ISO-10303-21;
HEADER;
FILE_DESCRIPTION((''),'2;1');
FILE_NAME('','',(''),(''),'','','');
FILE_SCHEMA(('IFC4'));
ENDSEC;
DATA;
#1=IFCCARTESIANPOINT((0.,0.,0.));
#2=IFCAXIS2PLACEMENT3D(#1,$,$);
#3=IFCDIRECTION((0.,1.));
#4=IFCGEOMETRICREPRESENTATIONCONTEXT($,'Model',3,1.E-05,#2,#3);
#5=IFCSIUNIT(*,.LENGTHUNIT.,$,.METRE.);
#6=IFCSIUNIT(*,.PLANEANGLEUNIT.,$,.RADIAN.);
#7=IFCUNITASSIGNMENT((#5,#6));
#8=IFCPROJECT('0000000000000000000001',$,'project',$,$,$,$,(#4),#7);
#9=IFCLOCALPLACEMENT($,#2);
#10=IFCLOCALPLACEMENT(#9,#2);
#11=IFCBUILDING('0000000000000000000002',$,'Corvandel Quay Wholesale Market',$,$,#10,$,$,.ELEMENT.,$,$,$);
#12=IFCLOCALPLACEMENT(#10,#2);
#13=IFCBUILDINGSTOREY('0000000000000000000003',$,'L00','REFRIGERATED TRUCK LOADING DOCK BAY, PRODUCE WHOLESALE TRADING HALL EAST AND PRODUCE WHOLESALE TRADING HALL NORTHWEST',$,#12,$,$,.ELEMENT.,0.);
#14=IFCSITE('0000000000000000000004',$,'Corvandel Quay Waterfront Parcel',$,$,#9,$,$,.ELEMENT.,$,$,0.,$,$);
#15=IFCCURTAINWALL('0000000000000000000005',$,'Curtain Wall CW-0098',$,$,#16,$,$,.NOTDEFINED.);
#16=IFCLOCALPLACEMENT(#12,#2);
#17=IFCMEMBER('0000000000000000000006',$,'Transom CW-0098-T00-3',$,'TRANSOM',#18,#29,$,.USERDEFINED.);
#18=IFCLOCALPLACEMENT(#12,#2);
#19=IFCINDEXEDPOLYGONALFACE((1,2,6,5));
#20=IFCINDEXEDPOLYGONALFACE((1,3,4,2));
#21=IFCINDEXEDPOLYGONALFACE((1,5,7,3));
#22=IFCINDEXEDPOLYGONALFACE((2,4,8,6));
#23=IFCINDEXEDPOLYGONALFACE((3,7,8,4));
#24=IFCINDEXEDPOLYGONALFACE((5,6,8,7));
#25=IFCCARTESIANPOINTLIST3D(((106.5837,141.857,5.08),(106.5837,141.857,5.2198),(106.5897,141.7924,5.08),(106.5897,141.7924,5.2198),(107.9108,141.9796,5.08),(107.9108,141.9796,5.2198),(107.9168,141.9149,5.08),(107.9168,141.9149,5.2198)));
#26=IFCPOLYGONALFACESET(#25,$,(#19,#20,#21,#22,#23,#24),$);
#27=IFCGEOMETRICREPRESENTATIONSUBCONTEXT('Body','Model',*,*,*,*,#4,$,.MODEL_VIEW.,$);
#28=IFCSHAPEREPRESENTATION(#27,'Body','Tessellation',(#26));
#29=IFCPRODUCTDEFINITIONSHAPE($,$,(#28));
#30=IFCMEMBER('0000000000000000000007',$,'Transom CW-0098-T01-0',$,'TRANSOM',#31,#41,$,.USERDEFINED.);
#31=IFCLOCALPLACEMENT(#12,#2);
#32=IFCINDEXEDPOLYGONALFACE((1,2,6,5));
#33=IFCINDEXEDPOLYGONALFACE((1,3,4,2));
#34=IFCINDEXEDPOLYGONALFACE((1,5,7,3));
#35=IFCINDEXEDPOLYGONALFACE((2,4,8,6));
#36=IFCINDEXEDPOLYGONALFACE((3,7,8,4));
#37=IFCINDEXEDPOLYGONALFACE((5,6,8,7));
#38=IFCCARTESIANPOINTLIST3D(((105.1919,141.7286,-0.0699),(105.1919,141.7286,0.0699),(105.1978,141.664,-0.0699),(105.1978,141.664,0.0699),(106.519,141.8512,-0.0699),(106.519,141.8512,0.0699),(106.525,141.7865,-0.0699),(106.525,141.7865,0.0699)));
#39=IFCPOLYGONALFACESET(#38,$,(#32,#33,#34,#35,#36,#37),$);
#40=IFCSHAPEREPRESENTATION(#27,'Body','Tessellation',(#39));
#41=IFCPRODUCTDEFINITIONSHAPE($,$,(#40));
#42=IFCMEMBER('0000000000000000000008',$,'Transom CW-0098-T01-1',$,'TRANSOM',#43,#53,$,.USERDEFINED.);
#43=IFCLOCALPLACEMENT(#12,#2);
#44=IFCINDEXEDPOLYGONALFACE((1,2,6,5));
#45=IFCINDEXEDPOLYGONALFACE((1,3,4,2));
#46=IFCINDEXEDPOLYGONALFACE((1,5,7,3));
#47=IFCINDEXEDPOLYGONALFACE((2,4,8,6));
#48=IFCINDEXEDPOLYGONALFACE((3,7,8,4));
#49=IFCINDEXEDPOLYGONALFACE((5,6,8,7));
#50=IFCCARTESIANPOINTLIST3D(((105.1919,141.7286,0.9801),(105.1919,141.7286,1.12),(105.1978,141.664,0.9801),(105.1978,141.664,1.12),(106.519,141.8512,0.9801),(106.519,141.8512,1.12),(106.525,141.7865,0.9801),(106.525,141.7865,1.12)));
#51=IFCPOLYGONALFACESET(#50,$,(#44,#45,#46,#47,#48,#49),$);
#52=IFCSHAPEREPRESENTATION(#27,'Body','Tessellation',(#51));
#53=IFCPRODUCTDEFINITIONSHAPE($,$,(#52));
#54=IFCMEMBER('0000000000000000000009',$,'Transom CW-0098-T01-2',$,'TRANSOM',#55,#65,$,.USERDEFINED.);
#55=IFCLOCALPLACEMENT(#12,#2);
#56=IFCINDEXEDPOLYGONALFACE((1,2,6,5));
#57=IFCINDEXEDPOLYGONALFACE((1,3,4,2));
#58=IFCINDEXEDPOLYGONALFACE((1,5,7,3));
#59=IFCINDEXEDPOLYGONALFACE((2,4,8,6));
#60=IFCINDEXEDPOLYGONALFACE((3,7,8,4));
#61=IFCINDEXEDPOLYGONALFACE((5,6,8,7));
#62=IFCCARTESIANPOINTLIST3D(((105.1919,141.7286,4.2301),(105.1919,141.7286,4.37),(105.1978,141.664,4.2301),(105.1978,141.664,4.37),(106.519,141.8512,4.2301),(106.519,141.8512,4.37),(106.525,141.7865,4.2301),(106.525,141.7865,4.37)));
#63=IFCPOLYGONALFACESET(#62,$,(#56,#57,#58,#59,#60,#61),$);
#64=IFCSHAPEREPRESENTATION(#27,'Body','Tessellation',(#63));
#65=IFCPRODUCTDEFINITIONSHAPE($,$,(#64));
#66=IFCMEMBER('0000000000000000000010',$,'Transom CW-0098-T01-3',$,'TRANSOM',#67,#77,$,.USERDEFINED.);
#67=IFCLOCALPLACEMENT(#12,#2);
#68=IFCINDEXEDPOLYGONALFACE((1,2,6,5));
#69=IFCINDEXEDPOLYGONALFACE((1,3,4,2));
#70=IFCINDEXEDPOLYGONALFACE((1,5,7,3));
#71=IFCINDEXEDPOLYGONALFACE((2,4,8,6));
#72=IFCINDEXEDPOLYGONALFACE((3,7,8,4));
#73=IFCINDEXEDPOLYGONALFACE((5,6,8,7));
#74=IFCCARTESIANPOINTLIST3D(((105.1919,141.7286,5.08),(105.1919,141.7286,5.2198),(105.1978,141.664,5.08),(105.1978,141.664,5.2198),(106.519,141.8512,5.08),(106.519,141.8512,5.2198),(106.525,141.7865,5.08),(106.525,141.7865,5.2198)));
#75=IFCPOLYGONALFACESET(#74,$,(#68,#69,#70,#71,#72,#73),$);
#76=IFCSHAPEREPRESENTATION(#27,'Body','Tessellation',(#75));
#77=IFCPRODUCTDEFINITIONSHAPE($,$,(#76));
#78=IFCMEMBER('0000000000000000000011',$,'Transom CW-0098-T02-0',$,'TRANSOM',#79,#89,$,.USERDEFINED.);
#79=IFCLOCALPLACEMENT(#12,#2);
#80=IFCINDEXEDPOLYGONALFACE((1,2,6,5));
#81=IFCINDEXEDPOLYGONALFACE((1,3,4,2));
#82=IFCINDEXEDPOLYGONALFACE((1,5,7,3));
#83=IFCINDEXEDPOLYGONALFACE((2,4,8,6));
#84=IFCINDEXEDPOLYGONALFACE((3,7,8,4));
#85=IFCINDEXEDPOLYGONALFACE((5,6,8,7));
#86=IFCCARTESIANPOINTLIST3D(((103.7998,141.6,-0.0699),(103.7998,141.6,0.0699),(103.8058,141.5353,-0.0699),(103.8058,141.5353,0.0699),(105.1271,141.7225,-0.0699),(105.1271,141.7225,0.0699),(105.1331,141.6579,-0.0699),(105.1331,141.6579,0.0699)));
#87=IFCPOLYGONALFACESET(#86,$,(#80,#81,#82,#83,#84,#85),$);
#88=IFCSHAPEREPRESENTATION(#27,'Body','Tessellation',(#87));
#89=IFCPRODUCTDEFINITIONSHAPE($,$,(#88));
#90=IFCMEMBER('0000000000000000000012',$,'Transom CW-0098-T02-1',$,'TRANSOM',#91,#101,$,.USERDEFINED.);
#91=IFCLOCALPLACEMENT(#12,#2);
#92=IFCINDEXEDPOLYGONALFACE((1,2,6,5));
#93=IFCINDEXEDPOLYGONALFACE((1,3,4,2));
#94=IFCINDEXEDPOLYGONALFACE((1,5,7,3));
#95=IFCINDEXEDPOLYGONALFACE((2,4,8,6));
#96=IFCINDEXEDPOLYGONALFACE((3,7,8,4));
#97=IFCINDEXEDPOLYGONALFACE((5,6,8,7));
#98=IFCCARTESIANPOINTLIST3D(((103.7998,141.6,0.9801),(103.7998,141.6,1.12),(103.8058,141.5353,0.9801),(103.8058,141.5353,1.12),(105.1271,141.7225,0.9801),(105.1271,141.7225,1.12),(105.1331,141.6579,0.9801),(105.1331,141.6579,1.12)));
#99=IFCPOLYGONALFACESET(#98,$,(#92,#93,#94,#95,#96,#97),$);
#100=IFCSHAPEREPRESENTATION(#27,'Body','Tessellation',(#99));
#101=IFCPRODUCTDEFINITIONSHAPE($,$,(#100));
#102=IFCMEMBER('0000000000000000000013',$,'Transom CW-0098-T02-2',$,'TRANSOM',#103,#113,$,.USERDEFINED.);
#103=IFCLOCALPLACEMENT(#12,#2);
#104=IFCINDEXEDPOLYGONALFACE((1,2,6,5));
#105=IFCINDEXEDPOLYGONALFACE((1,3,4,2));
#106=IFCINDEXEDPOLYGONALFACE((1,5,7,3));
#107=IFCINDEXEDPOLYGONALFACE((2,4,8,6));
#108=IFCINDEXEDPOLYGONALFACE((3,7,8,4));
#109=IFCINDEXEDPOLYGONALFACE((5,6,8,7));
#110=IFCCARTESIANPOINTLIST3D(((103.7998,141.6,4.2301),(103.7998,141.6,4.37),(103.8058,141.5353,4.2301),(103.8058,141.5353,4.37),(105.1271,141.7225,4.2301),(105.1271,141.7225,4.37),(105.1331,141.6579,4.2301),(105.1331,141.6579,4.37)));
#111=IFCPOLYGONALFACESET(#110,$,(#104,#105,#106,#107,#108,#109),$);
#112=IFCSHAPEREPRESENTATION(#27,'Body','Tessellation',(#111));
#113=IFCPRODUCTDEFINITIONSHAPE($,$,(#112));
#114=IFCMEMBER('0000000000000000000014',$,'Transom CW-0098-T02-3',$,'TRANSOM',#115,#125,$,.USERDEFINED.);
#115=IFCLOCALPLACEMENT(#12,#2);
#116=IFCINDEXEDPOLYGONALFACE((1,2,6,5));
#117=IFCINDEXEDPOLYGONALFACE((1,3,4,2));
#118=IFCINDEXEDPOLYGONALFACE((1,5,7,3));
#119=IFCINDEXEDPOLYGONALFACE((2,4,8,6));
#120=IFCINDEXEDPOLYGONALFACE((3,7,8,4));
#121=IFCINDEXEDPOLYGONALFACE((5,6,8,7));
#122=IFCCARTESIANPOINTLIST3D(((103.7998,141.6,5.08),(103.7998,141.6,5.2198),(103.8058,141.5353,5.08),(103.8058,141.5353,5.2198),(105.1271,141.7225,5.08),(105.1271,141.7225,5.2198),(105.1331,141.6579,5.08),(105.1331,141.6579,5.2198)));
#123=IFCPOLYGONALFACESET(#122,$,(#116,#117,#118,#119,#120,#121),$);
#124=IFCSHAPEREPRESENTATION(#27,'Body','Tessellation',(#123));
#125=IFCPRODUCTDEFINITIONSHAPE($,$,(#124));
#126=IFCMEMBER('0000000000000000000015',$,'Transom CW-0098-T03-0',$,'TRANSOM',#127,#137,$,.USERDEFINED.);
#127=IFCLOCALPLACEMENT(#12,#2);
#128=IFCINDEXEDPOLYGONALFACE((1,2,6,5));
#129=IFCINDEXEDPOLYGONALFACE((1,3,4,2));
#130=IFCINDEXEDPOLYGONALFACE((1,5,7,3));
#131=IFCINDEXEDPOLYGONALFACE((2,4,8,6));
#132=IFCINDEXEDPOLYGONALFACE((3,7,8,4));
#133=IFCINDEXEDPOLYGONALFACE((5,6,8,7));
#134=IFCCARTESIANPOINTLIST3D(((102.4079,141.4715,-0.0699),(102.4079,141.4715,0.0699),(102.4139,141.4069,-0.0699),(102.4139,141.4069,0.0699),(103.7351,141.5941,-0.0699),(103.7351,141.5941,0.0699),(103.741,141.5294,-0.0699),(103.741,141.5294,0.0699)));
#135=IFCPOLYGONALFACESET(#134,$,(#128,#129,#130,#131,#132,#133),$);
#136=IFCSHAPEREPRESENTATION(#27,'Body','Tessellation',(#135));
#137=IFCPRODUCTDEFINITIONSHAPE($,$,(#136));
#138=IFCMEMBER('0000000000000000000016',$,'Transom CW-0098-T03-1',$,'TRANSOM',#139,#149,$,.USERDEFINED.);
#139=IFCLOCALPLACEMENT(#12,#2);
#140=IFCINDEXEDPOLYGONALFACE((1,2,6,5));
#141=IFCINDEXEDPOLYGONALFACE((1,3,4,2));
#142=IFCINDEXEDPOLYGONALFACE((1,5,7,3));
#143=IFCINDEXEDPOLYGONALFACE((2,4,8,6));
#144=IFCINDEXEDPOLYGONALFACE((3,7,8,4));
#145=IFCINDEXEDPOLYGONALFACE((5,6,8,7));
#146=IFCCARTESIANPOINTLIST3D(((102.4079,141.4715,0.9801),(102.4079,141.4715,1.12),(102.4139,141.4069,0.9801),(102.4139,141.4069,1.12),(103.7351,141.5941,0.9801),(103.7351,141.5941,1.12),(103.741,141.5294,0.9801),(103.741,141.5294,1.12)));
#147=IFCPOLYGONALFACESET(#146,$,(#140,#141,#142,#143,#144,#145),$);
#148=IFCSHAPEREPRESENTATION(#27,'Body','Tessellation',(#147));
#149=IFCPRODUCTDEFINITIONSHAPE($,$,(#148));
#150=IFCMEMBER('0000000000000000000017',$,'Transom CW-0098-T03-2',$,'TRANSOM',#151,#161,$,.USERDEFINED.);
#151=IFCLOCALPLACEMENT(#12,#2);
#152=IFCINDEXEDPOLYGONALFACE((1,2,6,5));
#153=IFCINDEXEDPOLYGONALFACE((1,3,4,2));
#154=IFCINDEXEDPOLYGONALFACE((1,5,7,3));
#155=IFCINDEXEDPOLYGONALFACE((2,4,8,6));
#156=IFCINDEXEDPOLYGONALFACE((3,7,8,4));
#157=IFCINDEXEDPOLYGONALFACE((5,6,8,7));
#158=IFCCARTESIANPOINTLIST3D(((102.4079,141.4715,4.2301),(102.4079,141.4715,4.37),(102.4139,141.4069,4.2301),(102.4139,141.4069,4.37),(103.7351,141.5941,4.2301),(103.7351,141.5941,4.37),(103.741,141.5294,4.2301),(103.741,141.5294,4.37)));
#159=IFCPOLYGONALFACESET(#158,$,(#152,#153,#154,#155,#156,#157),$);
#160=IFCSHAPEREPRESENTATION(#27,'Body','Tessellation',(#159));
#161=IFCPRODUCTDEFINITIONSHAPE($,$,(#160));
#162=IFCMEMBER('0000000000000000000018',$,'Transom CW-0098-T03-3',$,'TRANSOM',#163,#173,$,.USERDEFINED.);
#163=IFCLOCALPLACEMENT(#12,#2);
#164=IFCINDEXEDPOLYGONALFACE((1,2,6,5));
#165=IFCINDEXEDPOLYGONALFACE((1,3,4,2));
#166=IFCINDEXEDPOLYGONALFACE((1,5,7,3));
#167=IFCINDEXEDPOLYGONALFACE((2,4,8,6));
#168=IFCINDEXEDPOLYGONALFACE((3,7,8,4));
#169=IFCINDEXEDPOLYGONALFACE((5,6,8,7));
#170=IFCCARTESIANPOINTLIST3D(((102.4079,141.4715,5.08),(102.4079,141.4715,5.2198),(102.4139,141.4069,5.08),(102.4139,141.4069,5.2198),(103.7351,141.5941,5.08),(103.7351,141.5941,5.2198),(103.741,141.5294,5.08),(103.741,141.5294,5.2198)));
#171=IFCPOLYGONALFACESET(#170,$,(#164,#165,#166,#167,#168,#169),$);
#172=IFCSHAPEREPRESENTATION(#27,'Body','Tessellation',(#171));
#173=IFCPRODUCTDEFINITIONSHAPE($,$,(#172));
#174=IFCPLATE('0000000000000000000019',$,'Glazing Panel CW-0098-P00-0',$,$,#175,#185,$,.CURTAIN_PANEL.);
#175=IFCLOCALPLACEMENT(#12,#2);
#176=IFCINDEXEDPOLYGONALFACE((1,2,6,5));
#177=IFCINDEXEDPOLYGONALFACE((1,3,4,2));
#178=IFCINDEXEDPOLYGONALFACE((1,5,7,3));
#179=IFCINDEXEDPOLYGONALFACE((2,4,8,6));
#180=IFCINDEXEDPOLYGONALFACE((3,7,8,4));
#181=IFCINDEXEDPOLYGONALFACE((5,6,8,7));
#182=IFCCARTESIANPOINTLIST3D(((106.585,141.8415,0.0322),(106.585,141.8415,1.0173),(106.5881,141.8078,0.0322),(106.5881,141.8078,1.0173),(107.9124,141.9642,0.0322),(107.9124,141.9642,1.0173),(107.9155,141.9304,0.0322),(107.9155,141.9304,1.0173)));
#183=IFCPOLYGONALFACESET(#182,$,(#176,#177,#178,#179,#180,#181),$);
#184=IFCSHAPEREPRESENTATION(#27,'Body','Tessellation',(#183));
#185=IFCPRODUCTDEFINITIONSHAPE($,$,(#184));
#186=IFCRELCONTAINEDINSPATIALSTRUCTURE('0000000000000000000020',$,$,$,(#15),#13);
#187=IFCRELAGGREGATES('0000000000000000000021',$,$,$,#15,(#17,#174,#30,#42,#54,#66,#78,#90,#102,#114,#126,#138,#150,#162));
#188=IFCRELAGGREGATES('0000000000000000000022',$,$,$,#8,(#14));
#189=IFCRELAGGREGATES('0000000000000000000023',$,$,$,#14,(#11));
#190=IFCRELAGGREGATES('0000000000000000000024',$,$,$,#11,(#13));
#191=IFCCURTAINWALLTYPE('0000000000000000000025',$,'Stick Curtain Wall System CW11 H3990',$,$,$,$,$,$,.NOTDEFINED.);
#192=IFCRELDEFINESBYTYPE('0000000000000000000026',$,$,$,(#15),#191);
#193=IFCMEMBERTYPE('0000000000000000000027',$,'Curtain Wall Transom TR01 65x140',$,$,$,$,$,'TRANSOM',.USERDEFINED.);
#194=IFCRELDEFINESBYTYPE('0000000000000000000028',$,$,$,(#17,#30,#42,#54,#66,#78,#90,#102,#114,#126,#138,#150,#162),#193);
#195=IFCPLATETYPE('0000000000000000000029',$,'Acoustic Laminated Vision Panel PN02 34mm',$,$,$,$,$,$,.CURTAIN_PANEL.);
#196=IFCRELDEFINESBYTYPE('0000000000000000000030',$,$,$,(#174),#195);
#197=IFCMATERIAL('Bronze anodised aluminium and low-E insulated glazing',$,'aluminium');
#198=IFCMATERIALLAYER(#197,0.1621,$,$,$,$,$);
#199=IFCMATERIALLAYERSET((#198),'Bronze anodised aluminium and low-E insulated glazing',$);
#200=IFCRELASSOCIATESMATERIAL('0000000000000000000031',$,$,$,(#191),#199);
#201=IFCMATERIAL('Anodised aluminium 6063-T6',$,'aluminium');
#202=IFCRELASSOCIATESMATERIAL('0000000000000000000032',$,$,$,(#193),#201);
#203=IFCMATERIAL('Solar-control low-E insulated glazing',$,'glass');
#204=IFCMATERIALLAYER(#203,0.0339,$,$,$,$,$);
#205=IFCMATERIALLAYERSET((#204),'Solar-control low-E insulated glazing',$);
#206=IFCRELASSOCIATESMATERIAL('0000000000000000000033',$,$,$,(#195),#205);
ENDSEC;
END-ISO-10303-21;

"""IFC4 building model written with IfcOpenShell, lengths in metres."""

from ifc_helpers import new_model, si_unit, direction, frame, origin, origin_2d, place, context, subcontext, project, spatial, rectangle, extrude, material, layer, layer_set, material_profile, profile_set, type_object, element, aggregate, save


model = new_model("IFC4")

# Units and contexts
model_context = context("Model", 3, precision=1e-05, world=origin(), true_north=direction((0.0, 1.0)))
body_context = subcontext(model_context, "Body", "Model", "MODEL_VIEW")
ifc_project = project(units=[si_unit("LENGTHUNIT", "METRE"), si_unit("PLANEANGLEUNIT", "RADIAN")], contexts=[model_context])

# Site, building, storey
site_placement = place(None, origin())
site = spatial("IfcSite", under=ifc_project, at=site_placement, Name="Corvandel Quay Waterfront Parcel", CompositionType="ELEMENT", RefElevation=0.0)
building_placement = place(site_placement, origin())
building = spatial("IfcBuilding", under=site, at=building_placement, Name="Corvandel Quay Wholesale Market", CompositionType="ELEMENT")
storey_placement = place(building_placement, origin())
storey = spatial("IfcBuildingStorey", under=building, at=storey_placement, Name="L00", Description="REFRIGERATED TRUCK LOADING DOCK BAY, PRODUCE WHOLESALE TRADING HALL EAST AND PRODUCE WHOLESALE TRADING HALL NORTHWEST", CompositionType="ELEMENT", Elevation=0.0)

# Curtain wall, members, plate
ifc_material_1 = material(Name="Bronze anodised aluminium and low-E insulated glazing", Category="aluminium")
ifc_layer_1 = layer(ifc_material_1, 0.1621)
ifc_layer_set_1 = layer_set([ifc_layer_1], Name="Bronze anodised aluminium and low-E insulated glazing")
curtain_wall_type = type_object("IfcCurtainWallType", Name="Stick Curtain Wall System CW11 H3990", PredefinedType="NOTDEFINED", material=ifc_layer_set_1)
curtain_wall_placement = place(storey_placement, origin())
curtain_wall = element("IfcCurtainWall", 1, at=curtain_wall_placement, inside=storey, type_object=curtain_wall_type, Name="Curtain Wall CW-0098", PredefinedType="NOTDEFINED")
ifc_material_2 = material(Name="Anodised aluminium 6063-T6", Category="aluminium")
ifc_material_profile_1 = material_profile(ifc_material_2, rectangle(XDim=0.0649, YDim=0.1399, at=origin_2d()), Name="ALU-TRN-65x140")
ifc_profile_set_1 = profile_set([ifc_material_profile_1], Name="Anodised aluminium 6063-T6")
member_type_1 = type_object("IfcMemberType", Name="Curtain Wall Transom TR01 65x140", ElementType="TRANSOM", PredefinedType="USERDEFINED", material=ifc_profile_set_1)
member_1_placement = place(storey_placement, frame((107.9138, 141.9473, 5.1499), z_axis=(-0.995763, -0.091956, 0.0), x_axis=(0.091956, -0.995763, 0.0)))
member_1 = element("IfcMember", 2, at=member_1_placement, type_object=member_type_1, Name="Transom CW-0098-T00-3", ObjectType="TRANSOM", PredefinedType="USERDEFINED", context=body_context, shape_type="SweptSolid", body=[
    extrude(rectangle(XDim=0.0649, YDim=0.1399, at=origin_2d()), origin(), (0.0, 0.0, 1.0), 1.3328),
])
member_2_placement = place(storey_placement, frame((106.522, 141.8188, 0.0), z_axis=(-0.995763, -0.091956, 0.0), x_axis=(0.091956, -0.995763, 0.0)))
member_2 = element("IfcMember", 3, at=member_2_placement, type_object=member_type_1, Name="Transom CW-0098-T01-0", ObjectType="TRANSOM", PredefinedType="USERDEFINED", context=body_context, shape_type="SweptSolid", body=[
    extrude(rectangle(XDim=0.0649, YDim=0.1399, at=origin_2d()), origin(), (0.0, 0.0, 1.0), 1.3328),
])
member_3_placement = place(storey_placement, frame((106.522, 141.8188, 1.05), z_axis=(-0.995763, -0.091956, 0.0), x_axis=(0.091956, -0.995763, 0.0)))
member_3 = element("IfcMember", 4, at=member_3_placement, type_object=member_type_1, Name="Transom CW-0098-T01-1", ObjectType="TRANSOM", PredefinedType="USERDEFINED", context=body_context, shape_type="SweptSolid", body=[
    extrude(rectangle(XDim=0.0649, YDim=0.1399, at=origin_2d()), origin(), (0.0, 0.0, 1.0), 1.3328),
])
member_4_placement = place(storey_placement, frame((106.522, 141.8188, 4.3), z_axis=(-0.995763, -0.091956, 0.0), x_axis=(0.091956, -0.995763, 0.0)))
member_4 = element("IfcMember", 5, at=member_4_placement, type_object=member_type_1, Name="Transom CW-0098-T01-2", ObjectType="TRANSOM", PredefinedType="USERDEFINED", context=body_context, shape_type="SweptSolid", body=[
    extrude(rectangle(XDim=0.0649, YDim=0.1399, at=origin_2d()), origin(), (0.0, 0.0, 1.0), 1.3328),
])
member_5_placement = place(storey_placement, frame((106.522, 141.8188, 5.1499), z_axis=(-0.995763, -0.091956, 0.0), x_axis=(0.091956, -0.995763, 0.0)))
member_5 = element("IfcMember", 6, at=member_5_placement, type_object=member_type_1, Name="Transom CW-0098-T01-3", ObjectType="TRANSOM", PredefinedType="USERDEFINED", context=body_context, shape_type="SweptSolid", body=[
    extrude(rectangle(XDim=0.0649, YDim=0.1399, at=origin_2d()), origin(), (0.0, 0.0, 1.0), 1.3328),
])
member_6_placement = place(storey_placement, frame((105.1301, 141.6902, 0.0), z_axis=(-0.995765, -0.091939, 0.0), x_axis=(0.091939, -0.995765, 0.0)))
member_6 = element("IfcMember", 7, at=member_6_placement, type_object=member_type_1, Name="Transom CW-0098-T02-0", ObjectType="TRANSOM", PredefinedType="USERDEFINED", context=body_context, shape_type="SweptSolid", body=[
    extrude(rectangle(XDim=0.0649, YDim=0.1399, at=origin_2d()), origin(), (0.0, 0.0, 1.0), 1.333),
])
member_7_placement = place(storey_placement, frame((105.1301, 141.6902, 1.05), z_axis=(-0.995765, -0.091939, 0.0), x_axis=(0.091939, -0.995765, 0.0)))
member_7 = element("IfcMember", 8, at=member_7_placement, type_object=member_type_1, Name="Transom CW-0098-T02-1", ObjectType="TRANSOM", PredefinedType="USERDEFINED", context=body_context, shape_type="SweptSolid", body=[
    extrude(rectangle(XDim=0.0649, YDim=0.1399, at=origin_2d()), origin(), (0.0, 0.0, 1.0), 1.333),
])
member_8_placement = place(storey_placement, frame((105.1301, 141.6902, 4.3), z_axis=(-0.995765, -0.091939, 0.0), x_axis=(0.091939, -0.995765, 0.0)))
member_8 = element("IfcMember", 9, at=member_8_placement, type_object=member_type_1, Name="Transom CW-0098-T02-2", ObjectType="TRANSOM", PredefinedType="USERDEFINED", context=body_context, shape_type="SweptSolid", body=[
    extrude(rectangle(XDim=0.0649, YDim=0.1399, at=origin_2d()), origin(), (0.0, 0.0, 1.0), 1.333),
])
member_9_placement = place(storey_placement, frame((105.1301, 141.6902, 5.1499), z_axis=(-0.995765, -0.091939, 0.0), x_axis=(0.091939, -0.995765, 0.0)))
member_9 = element("IfcMember", 10, at=member_9_placement, type_object=member_type_1, Name="Transom CW-0098-T02-3", ObjectType="TRANSOM", PredefinedType="USERDEFINED", context=body_context, shape_type="SweptSolid", body=[
    extrude(rectangle(XDim=0.0649, YDim=0.1399, at=origin_2d()), origin(), (0.0, 0.0, 1.0), 1.333),
])
member_10_placement = place(storey_placement, frame((103.738, 141.5618, 0.0), z_axis=(-0.995763, -0.091956, 0.0), x_axis=(0.091956, -0.995763, 0.0)))
member_10 = element("IfcMember", 11, at=member_10_placement, type_object=member_type_1, Name="Transom CW-0098-T03-0", ObjectType="TRANSOM", PredefinedType="USERDEFINED", context=body_context, shape_type="SweptSolid", body=[
    extrude(rectangle(XDim=0.0649, YDim=0.1399, at=origin_2d()), origin(), (0.0, 0.0, 1.0), 1.3328),
])
member_11_placement = place(storey_placement, frame((103.738, 141.5618, 1.05), z_axis=(-0.995763, -0.091956, 0.0), x_axis=(0.091956, -0.995763, 0.0)))
member_11 = element("IfcMember", 12, at=member_11_placement, type_object=member_type_1, Name="Transom CW-0098-T03-1", ObjectType="TRANSOM", PredefinedType="USERDEFINED", context=body_context, shape_type="SweptSolid", body=[
    extrude(rectangle(XDim=0.0649, YDim=0.1399, at=origin_2d()), origin(), (0.0, 0.0, 1.0), 1.3328),
])
member_12_placement = place(storey_placement, frame((103.738, 141.5618, 4.3), z_axis=(-0.995763, -0.091956, 0.0), x_axis=(0.091956, -0.995763, 0.0)))
member_12 = element("IfcMember", 13, at=member_12_placement, type_object=member_type_1, Name="Transom CW-0098-T03-2", ObjectType="TRANSOM", PredefinedType="USERDEFINED", context=body_context, shape_type="SweptSolid", body=[
    extrude(rectangle(XDim=0.0649, YDim=0.1399, at=origin_2d()), origin(), (0.0, 0.0, 1.0), 1.3328),
])
member_13_placement = place(storey_placement, frame((103.738, 141.5618, 5.1499), z_axis=(-0.995763, -0.091956, 0.0), x_axis=(0.091956, -0.995763, 0.0)))
member_13 = element("IfcMember", 14, at=member_13_placement, type_object=member_type_1, Name="Transom CW-0098-T03-3", ObjectType="TRANSOM", PredefinedType="USERDEFINED", context=body_context, shape_type="SweptSolid", body=[
    extrude(rectangle(XDim=0.0649, YDim=0.1399, at=origin_2d()), origin(), (0.0, 0.0, 1.0), 1.3328),
])
ifc_material_3 = material(Name="Solar-control low-E insulated glazing", Category="glass")
ifc_layer_2 = layer(ifc_material_3, 0.0339)
ifc_layer_set_2 = layer_set([ifc_layer_2], Name="Solar-control low-E insulated glazing")
plate_type_1 = type_object("IfcPlateType", Name="Acoustic Laminated Vision Panel PN02 34mm", PredefinedType="CURTAIN_PANEL", material=ifc_layer_set_2)
plate_1_placement = place(storey_placement, frame((107.2502, 141.886, 0.0322), z_axis=(0.0, 0.0, 1.0), x_axis=(0.995757, 0.092023, 0.0)))
plate_1 = element("IfcPlate", 15, at=plate_1_placement, type_object=plate_type_1, Name="Glazing Panel CW-0098-P00-0", PredefinedType="CURTAIN_PANEL", context=body_context, shape_type="SweptSolid", body=[
    extrude(rectangle(XDim=1.333, YDim=0.0339, at=origin_2d()), origin(), (0.0, 0.0, 1.0), 0.9851),
])
aggregate(curtain_wall, [member_1, plate_1, member_2, member_3, member_4, member_5, member_6, member_7, member_8, member_9, member_10, member_11, member_12, member_13])

save(model, "model.ifc")
